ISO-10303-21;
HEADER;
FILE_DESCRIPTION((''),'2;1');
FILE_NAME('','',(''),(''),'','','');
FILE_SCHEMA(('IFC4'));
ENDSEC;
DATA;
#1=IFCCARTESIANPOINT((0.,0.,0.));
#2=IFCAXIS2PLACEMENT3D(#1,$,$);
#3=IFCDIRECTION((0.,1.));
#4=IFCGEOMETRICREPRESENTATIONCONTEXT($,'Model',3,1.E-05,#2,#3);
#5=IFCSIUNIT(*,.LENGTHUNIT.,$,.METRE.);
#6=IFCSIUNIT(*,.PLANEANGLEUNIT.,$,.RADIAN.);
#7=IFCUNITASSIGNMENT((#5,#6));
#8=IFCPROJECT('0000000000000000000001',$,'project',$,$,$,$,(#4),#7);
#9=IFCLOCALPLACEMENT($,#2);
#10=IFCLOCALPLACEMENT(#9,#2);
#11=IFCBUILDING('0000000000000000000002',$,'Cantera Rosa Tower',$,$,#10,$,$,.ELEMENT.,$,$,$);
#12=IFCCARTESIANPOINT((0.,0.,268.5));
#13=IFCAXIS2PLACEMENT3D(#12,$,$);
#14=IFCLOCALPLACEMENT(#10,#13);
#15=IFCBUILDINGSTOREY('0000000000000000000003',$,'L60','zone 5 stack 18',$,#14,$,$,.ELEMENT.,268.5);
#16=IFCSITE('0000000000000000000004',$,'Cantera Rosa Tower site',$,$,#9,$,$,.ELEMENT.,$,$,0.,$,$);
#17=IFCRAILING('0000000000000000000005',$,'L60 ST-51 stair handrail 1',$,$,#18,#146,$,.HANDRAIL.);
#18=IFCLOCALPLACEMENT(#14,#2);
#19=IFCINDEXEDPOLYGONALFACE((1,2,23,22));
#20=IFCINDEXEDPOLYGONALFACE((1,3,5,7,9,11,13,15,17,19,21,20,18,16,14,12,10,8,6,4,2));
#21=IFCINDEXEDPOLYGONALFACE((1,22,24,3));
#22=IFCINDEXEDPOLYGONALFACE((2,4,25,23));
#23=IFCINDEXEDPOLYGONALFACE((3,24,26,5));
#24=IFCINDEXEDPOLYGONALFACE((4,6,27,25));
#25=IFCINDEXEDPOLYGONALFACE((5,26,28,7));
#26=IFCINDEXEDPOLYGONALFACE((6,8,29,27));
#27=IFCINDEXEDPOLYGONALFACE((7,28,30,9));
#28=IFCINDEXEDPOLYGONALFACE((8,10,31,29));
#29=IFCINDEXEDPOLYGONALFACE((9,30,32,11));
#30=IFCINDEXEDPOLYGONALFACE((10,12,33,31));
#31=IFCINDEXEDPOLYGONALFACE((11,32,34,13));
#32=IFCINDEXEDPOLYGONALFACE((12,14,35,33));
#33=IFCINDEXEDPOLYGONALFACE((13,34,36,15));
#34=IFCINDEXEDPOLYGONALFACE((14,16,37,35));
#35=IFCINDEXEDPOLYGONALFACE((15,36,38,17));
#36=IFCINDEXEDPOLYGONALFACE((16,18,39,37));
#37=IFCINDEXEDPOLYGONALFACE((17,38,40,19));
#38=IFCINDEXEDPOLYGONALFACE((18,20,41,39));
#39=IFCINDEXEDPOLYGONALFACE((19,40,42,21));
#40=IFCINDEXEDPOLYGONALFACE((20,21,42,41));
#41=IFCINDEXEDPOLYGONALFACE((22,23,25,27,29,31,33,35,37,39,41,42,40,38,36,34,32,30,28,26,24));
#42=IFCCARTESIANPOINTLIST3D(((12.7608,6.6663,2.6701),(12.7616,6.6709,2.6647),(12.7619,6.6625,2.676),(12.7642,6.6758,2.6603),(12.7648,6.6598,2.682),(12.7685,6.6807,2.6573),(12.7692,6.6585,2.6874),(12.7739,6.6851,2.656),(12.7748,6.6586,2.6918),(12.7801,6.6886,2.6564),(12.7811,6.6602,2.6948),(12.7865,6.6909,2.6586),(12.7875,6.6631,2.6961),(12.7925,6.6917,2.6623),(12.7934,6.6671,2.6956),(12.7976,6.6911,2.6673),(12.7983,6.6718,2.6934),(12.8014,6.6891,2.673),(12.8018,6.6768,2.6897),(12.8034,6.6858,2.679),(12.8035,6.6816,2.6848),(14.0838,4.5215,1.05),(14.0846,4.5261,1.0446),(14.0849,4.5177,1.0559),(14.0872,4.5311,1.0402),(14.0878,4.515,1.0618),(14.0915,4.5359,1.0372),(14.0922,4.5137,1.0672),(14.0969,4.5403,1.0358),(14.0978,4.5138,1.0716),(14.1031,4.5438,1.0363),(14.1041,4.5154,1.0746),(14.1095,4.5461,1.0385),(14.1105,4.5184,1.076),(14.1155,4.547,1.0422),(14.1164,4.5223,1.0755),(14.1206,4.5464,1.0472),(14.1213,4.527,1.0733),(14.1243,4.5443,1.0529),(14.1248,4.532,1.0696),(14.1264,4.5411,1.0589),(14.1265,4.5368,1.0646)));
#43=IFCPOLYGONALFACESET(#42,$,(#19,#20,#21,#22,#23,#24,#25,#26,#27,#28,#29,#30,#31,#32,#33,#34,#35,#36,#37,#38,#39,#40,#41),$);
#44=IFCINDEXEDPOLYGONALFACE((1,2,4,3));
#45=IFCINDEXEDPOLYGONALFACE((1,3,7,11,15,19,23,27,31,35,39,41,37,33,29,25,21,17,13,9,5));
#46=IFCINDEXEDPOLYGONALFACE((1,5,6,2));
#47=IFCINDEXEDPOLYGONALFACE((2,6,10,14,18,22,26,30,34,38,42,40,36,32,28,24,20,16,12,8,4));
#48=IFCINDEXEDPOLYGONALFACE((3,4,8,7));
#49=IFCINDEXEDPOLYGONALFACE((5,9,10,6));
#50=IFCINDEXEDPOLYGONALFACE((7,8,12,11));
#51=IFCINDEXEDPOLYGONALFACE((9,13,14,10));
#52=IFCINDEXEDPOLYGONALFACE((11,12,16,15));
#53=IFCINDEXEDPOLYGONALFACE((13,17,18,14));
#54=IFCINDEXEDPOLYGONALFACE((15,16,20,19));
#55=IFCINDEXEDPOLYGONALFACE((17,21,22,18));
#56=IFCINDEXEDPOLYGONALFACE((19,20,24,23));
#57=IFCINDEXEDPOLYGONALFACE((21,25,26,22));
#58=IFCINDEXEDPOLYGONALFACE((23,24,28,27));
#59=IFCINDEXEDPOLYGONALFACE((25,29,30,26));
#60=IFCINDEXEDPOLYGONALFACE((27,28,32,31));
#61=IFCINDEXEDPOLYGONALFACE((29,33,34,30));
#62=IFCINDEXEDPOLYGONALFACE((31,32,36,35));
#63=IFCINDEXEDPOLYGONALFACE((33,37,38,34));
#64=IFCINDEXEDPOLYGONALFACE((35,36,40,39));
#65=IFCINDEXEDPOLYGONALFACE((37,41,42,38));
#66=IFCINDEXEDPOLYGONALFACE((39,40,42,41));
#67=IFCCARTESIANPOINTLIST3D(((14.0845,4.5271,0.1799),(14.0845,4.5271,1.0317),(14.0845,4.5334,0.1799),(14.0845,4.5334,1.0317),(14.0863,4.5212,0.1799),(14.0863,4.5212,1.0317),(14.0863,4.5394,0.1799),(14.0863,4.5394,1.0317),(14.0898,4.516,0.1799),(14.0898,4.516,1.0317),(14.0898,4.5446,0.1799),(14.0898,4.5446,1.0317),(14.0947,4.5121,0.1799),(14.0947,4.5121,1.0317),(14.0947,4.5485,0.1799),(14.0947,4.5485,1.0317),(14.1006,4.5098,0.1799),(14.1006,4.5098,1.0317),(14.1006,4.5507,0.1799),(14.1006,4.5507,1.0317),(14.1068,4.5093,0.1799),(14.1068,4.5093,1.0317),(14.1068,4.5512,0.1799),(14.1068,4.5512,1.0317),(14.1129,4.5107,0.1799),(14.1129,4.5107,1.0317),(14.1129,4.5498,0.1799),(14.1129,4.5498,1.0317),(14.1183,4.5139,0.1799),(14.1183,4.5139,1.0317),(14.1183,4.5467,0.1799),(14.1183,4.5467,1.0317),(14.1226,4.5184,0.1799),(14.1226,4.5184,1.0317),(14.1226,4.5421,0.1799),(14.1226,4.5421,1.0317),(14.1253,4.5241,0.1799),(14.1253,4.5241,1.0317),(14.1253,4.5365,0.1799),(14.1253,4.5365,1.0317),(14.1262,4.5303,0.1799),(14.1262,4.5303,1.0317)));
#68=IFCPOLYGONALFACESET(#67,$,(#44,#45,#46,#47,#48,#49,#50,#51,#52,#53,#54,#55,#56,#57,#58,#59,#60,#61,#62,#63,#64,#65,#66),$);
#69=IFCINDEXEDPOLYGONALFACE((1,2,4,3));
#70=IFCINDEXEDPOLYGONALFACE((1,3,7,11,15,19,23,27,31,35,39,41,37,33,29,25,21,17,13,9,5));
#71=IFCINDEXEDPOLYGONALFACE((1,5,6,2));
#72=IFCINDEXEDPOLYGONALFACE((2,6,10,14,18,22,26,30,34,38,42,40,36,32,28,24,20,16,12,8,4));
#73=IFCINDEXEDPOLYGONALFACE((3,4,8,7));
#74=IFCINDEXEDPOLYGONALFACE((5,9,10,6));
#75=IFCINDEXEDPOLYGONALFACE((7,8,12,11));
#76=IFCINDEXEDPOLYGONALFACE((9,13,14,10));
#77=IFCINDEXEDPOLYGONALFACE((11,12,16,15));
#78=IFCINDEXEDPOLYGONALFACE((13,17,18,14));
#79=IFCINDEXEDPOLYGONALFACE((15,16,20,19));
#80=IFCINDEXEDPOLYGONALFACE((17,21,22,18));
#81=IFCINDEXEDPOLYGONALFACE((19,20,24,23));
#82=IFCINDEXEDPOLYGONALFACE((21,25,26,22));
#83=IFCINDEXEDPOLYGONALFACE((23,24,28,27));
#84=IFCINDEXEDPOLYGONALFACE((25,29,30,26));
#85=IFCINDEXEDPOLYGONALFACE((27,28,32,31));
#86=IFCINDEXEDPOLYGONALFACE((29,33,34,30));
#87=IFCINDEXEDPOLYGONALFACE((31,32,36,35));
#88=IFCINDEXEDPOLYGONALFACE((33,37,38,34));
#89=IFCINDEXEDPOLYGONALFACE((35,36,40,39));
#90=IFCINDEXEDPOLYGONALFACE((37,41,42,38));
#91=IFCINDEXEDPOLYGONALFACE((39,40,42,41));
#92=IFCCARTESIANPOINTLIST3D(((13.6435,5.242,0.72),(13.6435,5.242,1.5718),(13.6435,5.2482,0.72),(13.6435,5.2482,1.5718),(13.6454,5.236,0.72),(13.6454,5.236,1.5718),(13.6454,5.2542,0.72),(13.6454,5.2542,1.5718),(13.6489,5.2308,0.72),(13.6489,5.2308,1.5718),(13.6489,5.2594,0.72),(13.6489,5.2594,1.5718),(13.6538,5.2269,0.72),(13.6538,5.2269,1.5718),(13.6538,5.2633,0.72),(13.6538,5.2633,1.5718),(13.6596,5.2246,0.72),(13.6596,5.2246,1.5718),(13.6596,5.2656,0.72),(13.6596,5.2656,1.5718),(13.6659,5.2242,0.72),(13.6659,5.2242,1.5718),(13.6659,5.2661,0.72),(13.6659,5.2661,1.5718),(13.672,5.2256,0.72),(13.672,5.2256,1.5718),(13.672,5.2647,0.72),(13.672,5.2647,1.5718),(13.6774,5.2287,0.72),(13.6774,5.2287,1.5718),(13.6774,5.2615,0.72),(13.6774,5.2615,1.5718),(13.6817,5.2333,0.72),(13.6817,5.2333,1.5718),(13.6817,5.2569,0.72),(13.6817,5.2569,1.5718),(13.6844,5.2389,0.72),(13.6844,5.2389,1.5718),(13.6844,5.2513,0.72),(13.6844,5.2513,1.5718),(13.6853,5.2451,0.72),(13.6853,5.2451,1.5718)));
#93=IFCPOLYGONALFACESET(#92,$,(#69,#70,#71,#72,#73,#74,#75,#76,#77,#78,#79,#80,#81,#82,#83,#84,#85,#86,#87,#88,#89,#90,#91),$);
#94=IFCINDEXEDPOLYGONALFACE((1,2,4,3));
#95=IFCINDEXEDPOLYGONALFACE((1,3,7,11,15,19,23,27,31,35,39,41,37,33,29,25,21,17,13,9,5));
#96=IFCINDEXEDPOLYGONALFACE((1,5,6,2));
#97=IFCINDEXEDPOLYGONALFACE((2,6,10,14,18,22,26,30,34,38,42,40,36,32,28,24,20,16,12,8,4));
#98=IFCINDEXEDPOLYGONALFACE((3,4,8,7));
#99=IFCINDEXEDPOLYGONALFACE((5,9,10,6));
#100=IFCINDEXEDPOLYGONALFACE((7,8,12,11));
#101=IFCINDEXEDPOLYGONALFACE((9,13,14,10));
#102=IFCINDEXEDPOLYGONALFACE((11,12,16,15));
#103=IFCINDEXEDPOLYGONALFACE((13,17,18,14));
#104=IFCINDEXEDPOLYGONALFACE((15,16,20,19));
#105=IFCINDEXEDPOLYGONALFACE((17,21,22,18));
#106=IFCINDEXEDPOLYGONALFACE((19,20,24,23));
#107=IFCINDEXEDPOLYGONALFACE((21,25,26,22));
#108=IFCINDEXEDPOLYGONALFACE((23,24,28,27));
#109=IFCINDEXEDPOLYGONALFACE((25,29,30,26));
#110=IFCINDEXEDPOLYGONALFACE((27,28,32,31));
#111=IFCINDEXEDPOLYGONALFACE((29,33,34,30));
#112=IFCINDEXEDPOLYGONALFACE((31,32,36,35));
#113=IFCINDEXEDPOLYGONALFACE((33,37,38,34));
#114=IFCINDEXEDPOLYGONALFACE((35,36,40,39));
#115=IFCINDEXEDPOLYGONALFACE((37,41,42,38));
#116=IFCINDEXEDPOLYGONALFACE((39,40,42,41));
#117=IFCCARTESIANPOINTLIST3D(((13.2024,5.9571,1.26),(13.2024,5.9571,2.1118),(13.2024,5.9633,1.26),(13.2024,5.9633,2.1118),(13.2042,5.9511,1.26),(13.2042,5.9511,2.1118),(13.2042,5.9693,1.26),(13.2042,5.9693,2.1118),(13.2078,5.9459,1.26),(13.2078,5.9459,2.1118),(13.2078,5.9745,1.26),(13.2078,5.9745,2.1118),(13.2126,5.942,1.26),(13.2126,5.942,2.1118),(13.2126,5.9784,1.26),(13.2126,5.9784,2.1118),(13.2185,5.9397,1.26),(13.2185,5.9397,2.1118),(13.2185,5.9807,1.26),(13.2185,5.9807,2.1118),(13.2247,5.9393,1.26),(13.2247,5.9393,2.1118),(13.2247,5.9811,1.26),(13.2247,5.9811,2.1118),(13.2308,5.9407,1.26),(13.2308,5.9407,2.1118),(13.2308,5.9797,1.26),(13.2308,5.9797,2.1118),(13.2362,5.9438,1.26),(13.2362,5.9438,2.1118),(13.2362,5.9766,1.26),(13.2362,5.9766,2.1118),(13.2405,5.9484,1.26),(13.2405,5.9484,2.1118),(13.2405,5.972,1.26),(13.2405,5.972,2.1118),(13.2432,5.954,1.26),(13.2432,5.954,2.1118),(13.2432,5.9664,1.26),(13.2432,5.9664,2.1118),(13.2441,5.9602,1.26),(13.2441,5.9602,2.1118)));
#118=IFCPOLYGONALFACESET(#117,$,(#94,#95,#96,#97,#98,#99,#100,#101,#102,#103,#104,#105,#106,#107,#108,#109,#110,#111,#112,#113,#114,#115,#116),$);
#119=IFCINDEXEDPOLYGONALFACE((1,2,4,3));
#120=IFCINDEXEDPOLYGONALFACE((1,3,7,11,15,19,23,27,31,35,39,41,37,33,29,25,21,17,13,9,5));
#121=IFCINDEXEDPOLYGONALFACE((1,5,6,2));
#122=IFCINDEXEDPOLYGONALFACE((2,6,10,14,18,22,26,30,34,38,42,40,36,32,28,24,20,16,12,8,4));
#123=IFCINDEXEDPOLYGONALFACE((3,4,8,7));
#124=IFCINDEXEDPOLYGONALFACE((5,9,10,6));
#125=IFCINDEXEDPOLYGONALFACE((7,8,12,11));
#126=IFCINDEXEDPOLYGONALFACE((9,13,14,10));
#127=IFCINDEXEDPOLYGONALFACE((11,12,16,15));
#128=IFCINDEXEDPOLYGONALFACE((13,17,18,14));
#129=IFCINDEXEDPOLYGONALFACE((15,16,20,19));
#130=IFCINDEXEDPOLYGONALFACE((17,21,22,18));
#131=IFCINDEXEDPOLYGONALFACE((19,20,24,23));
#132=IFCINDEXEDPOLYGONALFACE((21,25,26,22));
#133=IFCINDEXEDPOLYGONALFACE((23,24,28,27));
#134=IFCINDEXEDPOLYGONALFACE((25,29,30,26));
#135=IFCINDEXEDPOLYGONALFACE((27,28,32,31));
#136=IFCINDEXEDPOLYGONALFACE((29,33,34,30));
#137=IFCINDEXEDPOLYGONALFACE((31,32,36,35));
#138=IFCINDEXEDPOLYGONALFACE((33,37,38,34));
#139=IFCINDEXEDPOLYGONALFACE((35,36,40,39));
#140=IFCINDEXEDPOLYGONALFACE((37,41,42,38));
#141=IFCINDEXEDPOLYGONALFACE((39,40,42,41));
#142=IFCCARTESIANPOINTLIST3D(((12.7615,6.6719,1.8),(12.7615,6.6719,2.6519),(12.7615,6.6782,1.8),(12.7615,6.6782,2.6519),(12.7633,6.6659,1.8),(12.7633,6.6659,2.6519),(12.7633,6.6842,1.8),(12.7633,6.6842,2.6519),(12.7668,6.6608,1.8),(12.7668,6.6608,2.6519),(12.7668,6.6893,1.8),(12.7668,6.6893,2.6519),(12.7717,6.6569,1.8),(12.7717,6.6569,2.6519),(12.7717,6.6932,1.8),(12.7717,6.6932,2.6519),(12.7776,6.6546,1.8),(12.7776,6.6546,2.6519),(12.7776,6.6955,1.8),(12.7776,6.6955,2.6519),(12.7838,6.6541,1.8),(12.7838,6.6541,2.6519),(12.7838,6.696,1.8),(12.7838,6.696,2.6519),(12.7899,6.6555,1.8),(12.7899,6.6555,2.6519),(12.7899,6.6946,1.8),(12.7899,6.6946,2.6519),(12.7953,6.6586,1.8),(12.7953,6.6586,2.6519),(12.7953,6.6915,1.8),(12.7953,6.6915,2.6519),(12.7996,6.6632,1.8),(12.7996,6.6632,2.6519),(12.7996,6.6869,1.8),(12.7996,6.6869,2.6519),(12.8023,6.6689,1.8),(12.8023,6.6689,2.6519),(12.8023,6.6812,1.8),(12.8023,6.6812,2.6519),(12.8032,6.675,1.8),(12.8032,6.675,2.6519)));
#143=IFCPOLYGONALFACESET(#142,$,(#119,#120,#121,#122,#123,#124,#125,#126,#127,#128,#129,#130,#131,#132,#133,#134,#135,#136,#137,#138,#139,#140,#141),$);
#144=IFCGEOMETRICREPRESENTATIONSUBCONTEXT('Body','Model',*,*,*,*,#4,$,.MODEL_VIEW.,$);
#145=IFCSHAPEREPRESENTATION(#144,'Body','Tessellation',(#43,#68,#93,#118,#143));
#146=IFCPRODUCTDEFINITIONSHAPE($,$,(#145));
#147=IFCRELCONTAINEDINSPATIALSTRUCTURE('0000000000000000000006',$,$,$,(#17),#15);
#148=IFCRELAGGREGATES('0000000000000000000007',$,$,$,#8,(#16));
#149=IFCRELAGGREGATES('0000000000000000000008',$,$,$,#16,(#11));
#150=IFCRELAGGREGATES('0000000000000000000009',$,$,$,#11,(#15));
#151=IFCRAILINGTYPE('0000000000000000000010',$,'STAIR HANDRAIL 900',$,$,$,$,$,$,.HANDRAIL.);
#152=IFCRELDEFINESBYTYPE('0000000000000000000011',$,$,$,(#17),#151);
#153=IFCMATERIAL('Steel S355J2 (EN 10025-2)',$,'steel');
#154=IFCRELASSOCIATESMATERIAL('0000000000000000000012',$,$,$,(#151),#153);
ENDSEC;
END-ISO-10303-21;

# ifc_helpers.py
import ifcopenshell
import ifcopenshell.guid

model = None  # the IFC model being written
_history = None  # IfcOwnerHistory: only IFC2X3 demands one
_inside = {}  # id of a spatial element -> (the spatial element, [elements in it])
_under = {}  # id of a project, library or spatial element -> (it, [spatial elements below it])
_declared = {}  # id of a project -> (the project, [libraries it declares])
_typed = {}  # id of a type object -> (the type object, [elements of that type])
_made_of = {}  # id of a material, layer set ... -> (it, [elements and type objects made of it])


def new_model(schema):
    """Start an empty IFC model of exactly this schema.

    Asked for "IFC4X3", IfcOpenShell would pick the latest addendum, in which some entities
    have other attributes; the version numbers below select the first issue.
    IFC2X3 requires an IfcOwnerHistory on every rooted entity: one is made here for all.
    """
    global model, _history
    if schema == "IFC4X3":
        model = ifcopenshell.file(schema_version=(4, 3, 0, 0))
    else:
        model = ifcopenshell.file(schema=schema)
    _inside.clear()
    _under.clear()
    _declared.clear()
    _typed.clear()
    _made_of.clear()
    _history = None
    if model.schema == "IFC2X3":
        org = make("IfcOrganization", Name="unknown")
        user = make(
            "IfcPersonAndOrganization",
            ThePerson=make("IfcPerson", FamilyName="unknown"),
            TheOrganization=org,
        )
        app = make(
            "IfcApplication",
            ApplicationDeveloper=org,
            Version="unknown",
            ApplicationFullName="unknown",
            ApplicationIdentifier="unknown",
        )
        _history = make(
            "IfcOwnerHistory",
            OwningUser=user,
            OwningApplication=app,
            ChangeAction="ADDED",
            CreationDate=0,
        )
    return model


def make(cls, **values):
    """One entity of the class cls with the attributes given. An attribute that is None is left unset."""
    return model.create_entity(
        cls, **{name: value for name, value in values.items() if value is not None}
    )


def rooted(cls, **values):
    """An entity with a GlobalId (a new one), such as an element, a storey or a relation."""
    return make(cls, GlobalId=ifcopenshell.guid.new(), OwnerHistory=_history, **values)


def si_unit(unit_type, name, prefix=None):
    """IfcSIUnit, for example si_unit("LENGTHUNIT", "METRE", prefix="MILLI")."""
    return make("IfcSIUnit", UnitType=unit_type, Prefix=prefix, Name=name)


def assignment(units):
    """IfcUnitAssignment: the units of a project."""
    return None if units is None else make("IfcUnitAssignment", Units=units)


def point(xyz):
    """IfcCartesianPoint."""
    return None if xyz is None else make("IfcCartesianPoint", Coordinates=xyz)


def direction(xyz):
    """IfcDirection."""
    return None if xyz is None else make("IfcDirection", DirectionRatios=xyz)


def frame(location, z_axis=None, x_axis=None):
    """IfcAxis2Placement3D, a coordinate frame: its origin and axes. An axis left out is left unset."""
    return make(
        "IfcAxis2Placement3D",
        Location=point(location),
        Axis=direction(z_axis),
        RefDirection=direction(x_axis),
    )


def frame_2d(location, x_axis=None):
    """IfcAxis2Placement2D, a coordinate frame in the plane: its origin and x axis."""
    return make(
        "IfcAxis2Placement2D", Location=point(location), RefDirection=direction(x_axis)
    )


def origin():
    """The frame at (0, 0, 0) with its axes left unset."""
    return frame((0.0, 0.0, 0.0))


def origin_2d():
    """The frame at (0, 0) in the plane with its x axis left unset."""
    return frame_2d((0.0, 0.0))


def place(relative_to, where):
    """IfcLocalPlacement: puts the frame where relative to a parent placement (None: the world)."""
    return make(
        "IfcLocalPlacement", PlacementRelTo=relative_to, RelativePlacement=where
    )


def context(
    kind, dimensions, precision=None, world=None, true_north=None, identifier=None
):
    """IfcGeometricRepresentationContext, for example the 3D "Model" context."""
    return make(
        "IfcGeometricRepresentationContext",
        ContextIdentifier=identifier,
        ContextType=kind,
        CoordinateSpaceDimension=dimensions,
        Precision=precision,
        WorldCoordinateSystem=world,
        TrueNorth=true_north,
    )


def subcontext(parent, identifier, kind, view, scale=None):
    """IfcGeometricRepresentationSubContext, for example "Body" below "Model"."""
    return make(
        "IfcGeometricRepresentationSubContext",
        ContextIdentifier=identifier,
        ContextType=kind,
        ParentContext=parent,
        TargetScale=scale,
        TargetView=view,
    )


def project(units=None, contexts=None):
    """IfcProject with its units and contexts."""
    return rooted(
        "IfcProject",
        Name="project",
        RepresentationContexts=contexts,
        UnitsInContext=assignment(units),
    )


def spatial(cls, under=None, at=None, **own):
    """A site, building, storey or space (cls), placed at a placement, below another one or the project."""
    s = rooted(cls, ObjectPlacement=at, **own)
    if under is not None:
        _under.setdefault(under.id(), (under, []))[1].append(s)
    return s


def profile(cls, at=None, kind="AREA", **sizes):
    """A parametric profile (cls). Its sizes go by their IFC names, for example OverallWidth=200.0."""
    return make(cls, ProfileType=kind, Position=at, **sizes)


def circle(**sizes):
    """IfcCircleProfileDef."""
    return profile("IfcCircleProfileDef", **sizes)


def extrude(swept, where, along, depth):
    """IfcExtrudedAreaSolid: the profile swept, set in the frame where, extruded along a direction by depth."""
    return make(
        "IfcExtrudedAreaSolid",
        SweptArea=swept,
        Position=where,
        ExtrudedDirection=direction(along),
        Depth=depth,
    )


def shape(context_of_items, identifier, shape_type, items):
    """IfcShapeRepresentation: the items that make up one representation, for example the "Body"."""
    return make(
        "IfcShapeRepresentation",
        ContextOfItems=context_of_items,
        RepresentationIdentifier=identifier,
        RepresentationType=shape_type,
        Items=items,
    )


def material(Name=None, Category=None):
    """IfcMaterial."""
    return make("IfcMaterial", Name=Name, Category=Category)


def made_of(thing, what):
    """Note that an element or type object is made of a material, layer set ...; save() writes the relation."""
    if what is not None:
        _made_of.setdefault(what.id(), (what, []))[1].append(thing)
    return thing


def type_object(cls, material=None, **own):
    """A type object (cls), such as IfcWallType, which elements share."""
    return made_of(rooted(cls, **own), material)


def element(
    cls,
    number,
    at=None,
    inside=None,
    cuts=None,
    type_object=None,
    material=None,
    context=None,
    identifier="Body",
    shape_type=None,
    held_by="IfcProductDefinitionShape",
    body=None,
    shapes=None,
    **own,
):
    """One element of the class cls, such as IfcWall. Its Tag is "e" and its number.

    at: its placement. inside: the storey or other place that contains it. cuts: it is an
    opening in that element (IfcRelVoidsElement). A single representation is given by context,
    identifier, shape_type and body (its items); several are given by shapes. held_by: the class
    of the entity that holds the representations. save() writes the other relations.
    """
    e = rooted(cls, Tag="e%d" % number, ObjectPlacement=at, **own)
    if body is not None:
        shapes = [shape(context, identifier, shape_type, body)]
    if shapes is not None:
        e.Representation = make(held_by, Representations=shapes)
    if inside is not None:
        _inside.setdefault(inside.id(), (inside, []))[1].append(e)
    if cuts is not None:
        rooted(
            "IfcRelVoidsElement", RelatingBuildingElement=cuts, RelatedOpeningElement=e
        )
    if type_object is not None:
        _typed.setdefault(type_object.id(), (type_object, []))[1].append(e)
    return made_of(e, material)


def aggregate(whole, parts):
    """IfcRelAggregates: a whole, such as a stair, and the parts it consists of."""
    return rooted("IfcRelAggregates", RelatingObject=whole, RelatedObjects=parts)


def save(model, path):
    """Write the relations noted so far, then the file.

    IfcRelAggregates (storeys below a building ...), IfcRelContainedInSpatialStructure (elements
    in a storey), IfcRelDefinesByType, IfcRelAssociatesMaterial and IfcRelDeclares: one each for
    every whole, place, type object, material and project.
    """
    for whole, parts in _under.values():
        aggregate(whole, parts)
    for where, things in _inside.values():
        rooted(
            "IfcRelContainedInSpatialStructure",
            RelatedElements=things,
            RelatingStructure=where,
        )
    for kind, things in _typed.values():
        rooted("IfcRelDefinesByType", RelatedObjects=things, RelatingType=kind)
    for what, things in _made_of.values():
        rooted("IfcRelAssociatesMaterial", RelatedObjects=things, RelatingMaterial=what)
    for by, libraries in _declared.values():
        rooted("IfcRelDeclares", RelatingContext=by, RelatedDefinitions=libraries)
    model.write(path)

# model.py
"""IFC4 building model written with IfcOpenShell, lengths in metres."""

from ifc_helpers import new_model, si_unit, direction, frame, origin, origin_2d, place, context, subcontext, project, spatial, circle, extrude, material, type_object, element, save


model = new_model("IFC4")

# Units and contexts
model_context = context("Model", 3, precision=1e-05, world=origin(), true_north=direction((0.0, 1.0)))
body_context = subcontext(model_context, "Body", "Model", "MODEL_VIEW")
ifc_project = project(units=[si_unit("LENGTHUNIT", "METRE"), si_unit("PLANEANGLEUNIT", "RADIAN")], contexts=[model_context])

# Site, building, storey
site_placement = place(None, origin())
site = spatial("IfcSite", under=ifc_project, at=site_placement, Name="Cantera Rosa Tower site", CompositionType="ELEMENT", RefElevation=0.0)
building_placement = place(site_placement, origin())
building = spatial("IfcBuilding", under=site, at=building_placement, Name="Cantera Rosa Tower", CompositionType="ELEMENT")
storey_placement = place(building_placement, frame((0.0, 0.0, 268.5)))
storey = spatial("IfcBuildingStorey", under=building, at=storey_placement, Name="L60", Description="zone 5 stack 18", CompositionType="ELEMENT", Elevation=268.5)

# Railing
ifc_material_1 = material(Name="Steel S355J2 (EN 10025-2)", Category="steel")
railing_type_1 = type_object("IfcRailingType", Name="STAIR HANDRAIL 900", PredefinedType="HANDRAIL", material=ifc_material_1)
railing_1_placement = place(storey_placement, frame((14.1052, 4.5303, 0.1799)))
element("IfcRailing", 1, at=railing_1_placement, inside=storey, type_object=railing_type_1, Name="L60 ST-51 stair handrail 1", PredefinedType="HANDRAIL", context=body_context, shape_type="SweptSolid", body=[
    extrude(circle(Radius=0.0239, at=origin_2d()), frame((0.0, 0.0, 0.876), z_axis=(-0.441609, 0.715914, 0.540786), x_axis=(-0.851102, -0.525, 0.0)), (0.0, 0.0, 1.0), 2.9958),
    extrude(circle(Radius=0.021, at=origin_2d()), origin(), (0.0, 0.0, 1.0), 0.8518),
    extrude(circle(Radius=0.021, at=origin_2d()), frame((-0.4409, 0.7148, 0.54)), (0.0, 0.0, 1.0), 0.8518),
    extrude(circle(Radius=0.021, at=origin_2d()), frame((-0.8821, 1.4299, 1.0801)), (0.0, 0.0, 1.0), 0.8518),
    extrude(circle(Radius=0.021, at=origin_2d()), frame((-1.323, 2.1448, 1.6201)), (0.0, 0.0, 1.0), 0.8518),
])

save(model, "model.ifc")
